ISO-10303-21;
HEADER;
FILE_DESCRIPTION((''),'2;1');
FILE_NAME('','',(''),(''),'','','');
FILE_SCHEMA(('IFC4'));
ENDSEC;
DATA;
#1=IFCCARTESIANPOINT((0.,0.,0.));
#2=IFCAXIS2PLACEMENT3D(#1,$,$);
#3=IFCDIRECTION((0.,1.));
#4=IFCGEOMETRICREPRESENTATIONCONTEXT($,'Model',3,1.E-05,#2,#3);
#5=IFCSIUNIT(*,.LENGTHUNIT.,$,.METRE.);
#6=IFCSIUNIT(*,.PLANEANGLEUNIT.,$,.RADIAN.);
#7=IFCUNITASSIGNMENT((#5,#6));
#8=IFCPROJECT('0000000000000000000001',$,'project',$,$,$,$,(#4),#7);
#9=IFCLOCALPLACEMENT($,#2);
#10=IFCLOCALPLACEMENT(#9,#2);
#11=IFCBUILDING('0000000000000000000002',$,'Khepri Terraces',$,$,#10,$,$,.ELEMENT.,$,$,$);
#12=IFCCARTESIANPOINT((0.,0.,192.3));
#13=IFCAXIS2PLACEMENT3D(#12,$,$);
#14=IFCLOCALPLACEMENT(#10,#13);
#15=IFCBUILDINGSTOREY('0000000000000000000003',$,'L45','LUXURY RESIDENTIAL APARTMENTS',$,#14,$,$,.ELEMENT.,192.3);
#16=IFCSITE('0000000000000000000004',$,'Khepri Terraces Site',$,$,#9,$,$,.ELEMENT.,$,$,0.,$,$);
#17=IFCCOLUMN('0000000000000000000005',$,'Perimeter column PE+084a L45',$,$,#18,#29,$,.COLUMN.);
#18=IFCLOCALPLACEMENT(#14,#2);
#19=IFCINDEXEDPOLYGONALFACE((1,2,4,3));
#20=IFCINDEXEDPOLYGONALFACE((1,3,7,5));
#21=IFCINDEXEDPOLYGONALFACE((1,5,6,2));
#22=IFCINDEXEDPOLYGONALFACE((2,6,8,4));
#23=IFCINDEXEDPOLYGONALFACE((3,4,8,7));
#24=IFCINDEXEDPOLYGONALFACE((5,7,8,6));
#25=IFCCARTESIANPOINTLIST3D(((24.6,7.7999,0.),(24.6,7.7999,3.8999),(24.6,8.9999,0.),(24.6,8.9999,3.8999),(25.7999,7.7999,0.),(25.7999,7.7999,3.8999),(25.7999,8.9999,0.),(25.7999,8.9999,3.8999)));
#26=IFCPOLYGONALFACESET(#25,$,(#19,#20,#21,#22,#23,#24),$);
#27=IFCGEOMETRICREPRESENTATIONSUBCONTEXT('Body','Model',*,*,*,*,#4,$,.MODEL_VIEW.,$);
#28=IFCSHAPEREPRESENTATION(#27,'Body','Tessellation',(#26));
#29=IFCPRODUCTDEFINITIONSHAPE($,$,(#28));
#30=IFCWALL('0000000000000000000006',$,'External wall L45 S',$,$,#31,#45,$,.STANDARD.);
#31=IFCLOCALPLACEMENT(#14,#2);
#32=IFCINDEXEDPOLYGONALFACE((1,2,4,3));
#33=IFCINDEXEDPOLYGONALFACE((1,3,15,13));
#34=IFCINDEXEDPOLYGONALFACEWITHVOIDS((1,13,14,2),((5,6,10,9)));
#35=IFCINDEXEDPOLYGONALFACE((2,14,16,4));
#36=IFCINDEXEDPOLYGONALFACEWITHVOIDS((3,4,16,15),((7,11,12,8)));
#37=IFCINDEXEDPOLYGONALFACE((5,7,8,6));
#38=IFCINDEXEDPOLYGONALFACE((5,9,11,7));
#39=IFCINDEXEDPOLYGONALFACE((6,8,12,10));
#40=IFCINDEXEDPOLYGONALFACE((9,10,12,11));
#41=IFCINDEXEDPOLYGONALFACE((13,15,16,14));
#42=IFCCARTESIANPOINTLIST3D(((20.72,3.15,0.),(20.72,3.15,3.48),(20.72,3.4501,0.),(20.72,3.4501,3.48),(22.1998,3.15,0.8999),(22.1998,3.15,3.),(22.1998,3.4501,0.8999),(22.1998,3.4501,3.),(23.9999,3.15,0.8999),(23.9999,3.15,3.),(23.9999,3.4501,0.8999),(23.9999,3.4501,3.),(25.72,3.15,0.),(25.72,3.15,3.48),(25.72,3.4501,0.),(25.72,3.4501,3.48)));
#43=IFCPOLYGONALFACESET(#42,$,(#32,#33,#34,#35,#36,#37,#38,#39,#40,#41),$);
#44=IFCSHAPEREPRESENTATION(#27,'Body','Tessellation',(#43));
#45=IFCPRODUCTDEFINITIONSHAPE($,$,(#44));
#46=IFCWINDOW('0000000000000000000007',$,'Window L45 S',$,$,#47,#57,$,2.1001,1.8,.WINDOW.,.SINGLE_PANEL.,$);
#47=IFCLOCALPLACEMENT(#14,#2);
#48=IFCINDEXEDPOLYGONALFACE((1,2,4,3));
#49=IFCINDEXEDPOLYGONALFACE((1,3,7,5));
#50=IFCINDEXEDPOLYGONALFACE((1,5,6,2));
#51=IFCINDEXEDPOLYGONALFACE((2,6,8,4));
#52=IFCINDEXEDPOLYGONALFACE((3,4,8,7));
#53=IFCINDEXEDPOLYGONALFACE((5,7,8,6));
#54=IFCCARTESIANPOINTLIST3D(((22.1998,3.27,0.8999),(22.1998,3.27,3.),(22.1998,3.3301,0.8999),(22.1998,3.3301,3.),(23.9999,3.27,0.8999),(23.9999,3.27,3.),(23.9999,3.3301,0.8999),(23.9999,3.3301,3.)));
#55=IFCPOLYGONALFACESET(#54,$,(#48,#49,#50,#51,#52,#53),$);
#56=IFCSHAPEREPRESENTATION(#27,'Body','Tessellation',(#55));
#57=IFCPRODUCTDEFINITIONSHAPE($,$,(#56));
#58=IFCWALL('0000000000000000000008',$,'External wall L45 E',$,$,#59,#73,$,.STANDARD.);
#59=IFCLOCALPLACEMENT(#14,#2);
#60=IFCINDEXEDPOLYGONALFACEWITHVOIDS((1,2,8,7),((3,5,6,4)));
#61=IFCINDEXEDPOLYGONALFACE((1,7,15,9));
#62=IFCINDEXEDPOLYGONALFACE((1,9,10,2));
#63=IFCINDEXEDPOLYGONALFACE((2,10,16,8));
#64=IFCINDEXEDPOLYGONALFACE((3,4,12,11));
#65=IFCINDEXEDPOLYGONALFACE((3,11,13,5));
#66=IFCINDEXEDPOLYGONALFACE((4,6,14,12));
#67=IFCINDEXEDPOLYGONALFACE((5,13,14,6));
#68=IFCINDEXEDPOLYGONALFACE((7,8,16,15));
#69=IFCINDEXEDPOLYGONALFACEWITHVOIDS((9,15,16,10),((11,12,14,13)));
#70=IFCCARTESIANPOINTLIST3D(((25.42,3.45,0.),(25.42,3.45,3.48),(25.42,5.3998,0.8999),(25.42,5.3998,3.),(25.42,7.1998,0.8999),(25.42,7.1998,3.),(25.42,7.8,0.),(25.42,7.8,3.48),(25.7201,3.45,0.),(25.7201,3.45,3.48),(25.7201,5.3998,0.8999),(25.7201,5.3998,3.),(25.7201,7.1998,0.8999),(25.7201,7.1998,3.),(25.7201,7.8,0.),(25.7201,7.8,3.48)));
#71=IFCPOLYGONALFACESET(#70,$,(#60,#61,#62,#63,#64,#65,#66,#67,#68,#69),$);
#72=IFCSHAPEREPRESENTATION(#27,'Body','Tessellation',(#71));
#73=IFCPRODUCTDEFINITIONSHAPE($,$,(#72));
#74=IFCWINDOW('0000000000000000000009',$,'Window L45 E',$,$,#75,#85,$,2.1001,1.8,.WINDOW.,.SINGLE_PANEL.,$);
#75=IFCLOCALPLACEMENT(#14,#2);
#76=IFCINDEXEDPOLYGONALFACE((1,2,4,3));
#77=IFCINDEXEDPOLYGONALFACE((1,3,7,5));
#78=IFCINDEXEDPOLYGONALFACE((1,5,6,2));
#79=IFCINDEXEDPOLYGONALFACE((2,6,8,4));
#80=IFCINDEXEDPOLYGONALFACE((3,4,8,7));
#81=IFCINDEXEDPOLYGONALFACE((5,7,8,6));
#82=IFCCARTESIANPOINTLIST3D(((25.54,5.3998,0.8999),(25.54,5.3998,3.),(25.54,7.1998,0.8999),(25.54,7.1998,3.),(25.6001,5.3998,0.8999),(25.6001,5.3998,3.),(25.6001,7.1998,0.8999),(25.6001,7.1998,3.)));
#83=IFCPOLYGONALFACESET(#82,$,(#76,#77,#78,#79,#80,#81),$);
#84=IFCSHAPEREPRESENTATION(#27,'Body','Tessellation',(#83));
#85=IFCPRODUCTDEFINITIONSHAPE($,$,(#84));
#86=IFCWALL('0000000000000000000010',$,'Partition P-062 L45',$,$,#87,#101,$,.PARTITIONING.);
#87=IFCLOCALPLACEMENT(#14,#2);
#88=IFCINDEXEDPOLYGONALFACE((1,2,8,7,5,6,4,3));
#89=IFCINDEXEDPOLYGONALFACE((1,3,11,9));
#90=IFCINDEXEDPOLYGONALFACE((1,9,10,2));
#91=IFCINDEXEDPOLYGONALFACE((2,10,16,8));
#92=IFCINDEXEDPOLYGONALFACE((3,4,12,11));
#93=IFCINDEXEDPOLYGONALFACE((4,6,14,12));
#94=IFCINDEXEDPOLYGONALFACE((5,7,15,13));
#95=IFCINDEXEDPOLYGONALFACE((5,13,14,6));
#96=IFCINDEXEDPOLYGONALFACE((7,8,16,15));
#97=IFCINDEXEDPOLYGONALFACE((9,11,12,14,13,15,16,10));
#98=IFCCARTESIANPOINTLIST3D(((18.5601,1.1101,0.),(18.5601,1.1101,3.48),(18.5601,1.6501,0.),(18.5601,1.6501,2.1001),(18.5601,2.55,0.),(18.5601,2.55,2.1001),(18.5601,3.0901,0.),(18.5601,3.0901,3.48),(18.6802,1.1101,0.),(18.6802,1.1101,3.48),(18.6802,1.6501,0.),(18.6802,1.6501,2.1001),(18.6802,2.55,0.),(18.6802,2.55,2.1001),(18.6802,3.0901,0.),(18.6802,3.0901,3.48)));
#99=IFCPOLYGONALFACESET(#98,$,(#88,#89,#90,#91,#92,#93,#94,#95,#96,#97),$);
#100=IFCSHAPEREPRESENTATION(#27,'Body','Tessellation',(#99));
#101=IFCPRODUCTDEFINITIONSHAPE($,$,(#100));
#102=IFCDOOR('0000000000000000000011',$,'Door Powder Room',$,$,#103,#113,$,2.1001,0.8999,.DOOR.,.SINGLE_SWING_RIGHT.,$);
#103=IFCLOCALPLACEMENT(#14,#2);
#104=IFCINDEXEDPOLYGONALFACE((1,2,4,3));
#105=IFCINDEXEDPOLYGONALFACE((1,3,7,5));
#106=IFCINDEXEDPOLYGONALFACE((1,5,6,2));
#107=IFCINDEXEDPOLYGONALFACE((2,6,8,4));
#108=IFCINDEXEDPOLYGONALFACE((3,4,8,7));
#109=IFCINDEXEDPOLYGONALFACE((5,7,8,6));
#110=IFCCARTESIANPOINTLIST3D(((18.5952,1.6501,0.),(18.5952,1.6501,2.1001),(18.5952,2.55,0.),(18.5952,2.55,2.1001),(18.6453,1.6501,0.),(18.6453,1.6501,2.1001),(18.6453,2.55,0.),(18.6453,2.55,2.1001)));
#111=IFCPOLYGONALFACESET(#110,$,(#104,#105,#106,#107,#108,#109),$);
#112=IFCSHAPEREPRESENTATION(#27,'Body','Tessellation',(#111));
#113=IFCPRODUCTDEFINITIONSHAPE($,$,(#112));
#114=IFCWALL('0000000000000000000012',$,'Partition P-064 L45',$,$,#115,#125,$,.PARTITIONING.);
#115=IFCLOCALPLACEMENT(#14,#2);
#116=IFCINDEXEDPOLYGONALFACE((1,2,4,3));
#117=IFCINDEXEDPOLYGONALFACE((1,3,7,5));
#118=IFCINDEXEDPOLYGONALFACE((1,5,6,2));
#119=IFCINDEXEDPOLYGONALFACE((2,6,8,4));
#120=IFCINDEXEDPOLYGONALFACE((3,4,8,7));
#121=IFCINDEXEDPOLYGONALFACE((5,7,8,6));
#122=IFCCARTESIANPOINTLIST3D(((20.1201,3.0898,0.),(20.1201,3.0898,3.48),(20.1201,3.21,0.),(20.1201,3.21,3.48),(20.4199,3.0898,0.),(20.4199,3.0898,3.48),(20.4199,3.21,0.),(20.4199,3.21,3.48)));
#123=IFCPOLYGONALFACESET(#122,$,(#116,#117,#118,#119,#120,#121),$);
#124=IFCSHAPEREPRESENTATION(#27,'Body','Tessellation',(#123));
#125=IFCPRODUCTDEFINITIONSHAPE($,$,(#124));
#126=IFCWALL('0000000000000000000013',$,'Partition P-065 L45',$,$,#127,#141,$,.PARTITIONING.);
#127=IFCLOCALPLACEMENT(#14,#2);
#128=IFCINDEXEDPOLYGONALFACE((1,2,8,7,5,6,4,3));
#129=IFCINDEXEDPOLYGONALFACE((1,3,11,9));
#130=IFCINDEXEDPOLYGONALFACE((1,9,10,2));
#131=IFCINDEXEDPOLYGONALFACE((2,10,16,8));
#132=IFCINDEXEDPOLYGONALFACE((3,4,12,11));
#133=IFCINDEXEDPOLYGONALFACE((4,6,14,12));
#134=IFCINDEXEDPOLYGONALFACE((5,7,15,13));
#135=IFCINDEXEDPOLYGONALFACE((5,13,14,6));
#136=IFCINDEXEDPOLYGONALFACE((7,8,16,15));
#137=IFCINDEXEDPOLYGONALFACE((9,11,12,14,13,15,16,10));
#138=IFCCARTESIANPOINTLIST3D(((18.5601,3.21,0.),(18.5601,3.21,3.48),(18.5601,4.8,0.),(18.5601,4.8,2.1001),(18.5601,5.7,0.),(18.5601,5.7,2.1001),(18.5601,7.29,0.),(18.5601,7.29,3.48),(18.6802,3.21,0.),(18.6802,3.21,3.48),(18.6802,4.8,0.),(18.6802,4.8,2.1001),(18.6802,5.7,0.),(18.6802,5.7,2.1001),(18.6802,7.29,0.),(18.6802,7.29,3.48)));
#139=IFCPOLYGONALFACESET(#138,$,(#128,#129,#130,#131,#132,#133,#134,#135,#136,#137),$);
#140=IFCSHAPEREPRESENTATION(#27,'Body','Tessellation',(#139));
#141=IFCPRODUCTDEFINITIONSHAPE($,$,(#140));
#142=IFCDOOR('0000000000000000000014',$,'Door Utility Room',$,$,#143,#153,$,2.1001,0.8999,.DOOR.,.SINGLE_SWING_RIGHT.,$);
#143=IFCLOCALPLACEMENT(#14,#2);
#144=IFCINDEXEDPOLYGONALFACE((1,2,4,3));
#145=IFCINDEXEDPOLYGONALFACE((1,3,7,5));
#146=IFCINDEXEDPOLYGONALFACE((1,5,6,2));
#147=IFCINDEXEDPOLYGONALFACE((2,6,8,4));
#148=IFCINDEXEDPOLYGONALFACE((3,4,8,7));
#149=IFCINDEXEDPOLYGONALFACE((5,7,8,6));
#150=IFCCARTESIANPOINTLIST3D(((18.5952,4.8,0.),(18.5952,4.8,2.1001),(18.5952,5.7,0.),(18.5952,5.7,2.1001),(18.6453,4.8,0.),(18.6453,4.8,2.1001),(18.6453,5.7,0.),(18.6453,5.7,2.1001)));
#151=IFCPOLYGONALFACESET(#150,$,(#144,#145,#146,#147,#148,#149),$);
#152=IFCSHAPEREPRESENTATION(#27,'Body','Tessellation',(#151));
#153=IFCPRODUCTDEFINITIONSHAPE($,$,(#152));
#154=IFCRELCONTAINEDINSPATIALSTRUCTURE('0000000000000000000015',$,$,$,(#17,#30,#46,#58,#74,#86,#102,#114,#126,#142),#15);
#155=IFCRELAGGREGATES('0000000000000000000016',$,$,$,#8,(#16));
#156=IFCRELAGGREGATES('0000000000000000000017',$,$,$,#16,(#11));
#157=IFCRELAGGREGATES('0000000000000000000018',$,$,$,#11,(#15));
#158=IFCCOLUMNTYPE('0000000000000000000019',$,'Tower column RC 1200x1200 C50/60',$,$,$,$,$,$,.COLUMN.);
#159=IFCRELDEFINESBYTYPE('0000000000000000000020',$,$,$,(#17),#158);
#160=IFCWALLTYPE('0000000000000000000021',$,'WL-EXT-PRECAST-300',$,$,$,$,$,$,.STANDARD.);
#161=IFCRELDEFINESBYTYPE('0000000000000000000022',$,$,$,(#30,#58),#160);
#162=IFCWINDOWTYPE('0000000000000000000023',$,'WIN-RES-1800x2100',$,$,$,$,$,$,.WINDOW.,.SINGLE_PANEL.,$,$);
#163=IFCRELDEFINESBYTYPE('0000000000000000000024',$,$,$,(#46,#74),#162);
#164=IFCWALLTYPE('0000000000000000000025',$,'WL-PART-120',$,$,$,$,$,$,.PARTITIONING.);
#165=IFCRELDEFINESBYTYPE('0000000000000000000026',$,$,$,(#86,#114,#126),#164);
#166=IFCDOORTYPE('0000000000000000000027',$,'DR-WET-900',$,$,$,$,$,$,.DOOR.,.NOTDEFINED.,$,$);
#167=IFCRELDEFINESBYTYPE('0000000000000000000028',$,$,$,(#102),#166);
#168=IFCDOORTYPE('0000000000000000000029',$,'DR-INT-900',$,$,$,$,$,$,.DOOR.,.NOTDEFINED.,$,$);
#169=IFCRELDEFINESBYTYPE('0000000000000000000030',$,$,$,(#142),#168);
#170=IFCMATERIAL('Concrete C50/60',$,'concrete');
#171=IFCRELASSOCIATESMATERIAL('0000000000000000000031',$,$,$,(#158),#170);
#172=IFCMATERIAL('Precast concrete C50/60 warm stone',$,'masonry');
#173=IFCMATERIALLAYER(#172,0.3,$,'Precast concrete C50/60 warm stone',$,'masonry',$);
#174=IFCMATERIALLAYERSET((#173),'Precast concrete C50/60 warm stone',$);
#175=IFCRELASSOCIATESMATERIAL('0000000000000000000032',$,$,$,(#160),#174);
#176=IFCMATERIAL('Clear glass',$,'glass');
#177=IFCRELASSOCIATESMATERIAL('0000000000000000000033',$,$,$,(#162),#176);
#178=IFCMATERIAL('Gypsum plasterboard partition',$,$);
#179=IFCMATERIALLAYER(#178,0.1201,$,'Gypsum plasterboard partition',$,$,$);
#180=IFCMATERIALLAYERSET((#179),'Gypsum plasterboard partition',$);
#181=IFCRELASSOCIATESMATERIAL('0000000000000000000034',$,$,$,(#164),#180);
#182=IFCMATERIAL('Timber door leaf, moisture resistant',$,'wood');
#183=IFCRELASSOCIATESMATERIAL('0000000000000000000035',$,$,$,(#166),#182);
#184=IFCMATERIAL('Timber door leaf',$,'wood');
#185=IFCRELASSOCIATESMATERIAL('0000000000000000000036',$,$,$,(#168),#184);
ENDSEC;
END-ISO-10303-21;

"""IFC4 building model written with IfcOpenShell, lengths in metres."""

from ifc_helpers import new_model, si_unit, direction, frame, frame_2d, origin, origin_2d, place, context, subcontext, project, spatial, rectangle, extrude, material, layer, layer_set, material_profile, profile_set, type_object, element, fill, save


model = new_model("IFC4")

# Units and contexts
model_context = context("Model", 3, precision=1e-05, world=origin(), true_north=direction((0.0, 1.0)))
body_context = subcontext(model_context, "Body", "Model", "MODEL_VIEW")
ifc_project = project(units=[si_unit("LENGTHUNIT", "METRE"), si_unit("PLANEANGLEUNIT", "RADIAN")], contexts=[model_context])

# Site, building, storey
site_placement = place(None, origin())
site = spatial("IfcSite", under=ifc_project, at=site_placement, Name="Khepri Terraces Site", CompositionType="ELEMENT", RefElevation=0.0)
building_placement = place(site_placement, origin())
building = spatial("IfcBuilding", under=site, at=building_placement, Name="Khepri Terraces", CompositionType="ELEMENT")
storey_placement = place(building_placement, frame((0.0, 0.0, 192.3)))
storey = spatial("IfcBuildingStorey", under=building, at=storey_placement, Name="L45", Description="LUXURY RESIDENTIAL APARTMENTS", CompositionType="ELEMENT", Elevation=192.3)

# Column
ifc_material_1 = material(Name="Concrete C50/60", Category="concrete")
ifc_material_profile = material_profile(ifc_material_1, rectangle(XDim=1.2, YDim=1.2, at=origin_2d()), Name="Concrete C50/60", Category="concrete")
ifc_profile_set = profile_set([ifc_material_profile], Name="Concrete C50/60")
column_type = type_object("IfcColumnType", Name="Tower column RC 1200x1200 C50/60", PredefinedType="COLUMN", material=ifc_profile_set)
column_placement = place(storey_placement, frame((25.2, 8.3999, 0.0), z_axis=(0.0, 0.0, 1.0), x_axis=(1.0, 0.0, 0.0)))
element("IfcColumn", 1, at=column_placement, inside=storey, type_object=column_type, Name="Perimeter column PE+084a L45", PredefinedType="COLUMN", context=body_context, shape_type="SweptSolid", body=[
    extrude(rectangle(XDim=1.2, YDim=1.2, at=origin_2d()), origin(), (0.0, 0.0, 1.0), 3.8999),
])

# Walls, openings, windows
ifc_material_2 = material(Name="Precast concrete C50/60 warm stone", Category="masonry")
ifc_layer_1 = layer(ifc_material_2, 0.3, Name="Precast concrete C50/60 warm stone", Category="masonry")
ifc_layer_set_1 = layer_set([ifc_layer_1], Name="Precast concrete C50/60 warm stone")
wall_type_1 = type_object("IfcWallType", Name="WL-EXT-PRECAST-300", PredefinedType="STANDARD", material=ifc_layer_set_1)
wall_1_placement = place(storey_placement, frame((20.72, 3.3, 0.0), z_axis=(0.0, 0.0, 1.0), x_axis=(1.0, 0.0, 0.0)))
wall_1 = element("IfcWall", 2, at=wall_1_placement, inside=storey, type_object=wall_type_1, Name="External wall L45 S", PredefinedType="STANDARD", context=body_context, shape_type="SweptSolid", body=[
    extrude(rectangle(XDim=5.0, YDim=0.3, at=frame_2d((2.5, 0.0))), origin(), (0.0, 0.0, 1.0), 3.48),
])
opening_1_placement = place(wall_1_placement, frame((1.48, 0.0, 0.8999)))
opening_1 = element("IfcOpeningElement", 3, at=opening_1_placement, cuts=wall_1, PredefinedType="OPENING", context=body_context, shape_type="SweptSolid", body=[
    extrude(rectangle(XDim=1.8, YDim=2.1001, at=frame_2d((0.8999, 1.05))), frame((0.0, 0.1602, 0.0), z_axis=(0.0, -1.0, 0.0), x_axis=(1.0, 0.0, 0.0)), (0.0, 0.0, 1.0), 0.3201),
])
ifc_material_3 = material(Name="Clear glass", Category="glass")
window_type = type_object("IfcWindowType", Name="WIN-RES-1800x2100", PartitioningType="SINGLE_PANEL", PredefinedType="WINDOW", material=ifc_material_3)
window_1_placement = place(opening_1_placement, origin())
window_1 = element("IfcWindow", 4, at=window_1_placement, inside=storey, type_object=window_type, Name="Window L45 S", OverallHeight=2.1001, OverallWidth=1.8, PartitioningType="SINGLE_PANEL", PredefinedType="WINDOW", context=body_context, shape_type="SweptSolid", body=[
    extrude(rectangle(XDim=1.8, YDim=2.1001, at=frame_2d((0.8999, 1.05))), frame((0.0, 0.03, 0.0), z_axis=(0.0, -1.0, 0.0), x_axis=(1.0, 0.0, 0.0)), (0.0, 0.0, 1.0), 0.0601),
])
fill(opening_1, window_1)
wall_2_placement = place(storey_placement, frame((25.5701, 3.45, 0.0), z_axis=(0.0, 0.0, 1.0), x_axis=(0.0, 1.0, 0.0)))
wall_2 = element("IfcWall", 5, at=wall_2_placement, inside=storey, type_object=wall_type_1, Name="External wall L45 E", PredefinedType="STANDARD", context=body_context, shape_type="SweptSolid", body=[
    extrude(rectangle(XDim=4.3501, YDim=0.3, at=frame_2d((2.175, 0.0))), origin(), (0.0, 0.0, 1.0), 3.48),
])
opening_2_placement = place(wall_2_placement, frame((1.95, 0.0, 0.8999)))
opening_2 = element("IfcOpeningElement", 6, at=opening_2_placement, cuts=wall_2, PredefinedType="OPENING", context=body_context, shape_type="SweptSolid", body=[
    extrude(rectangle(XDim=1.8, YDim=2.1001, at=frame_2d((0.8999, 1.05))), frame((0.0, 0.1602, 0.0), z_axis=(0.0, -1.0, 0.0), x_axis=(1.0, 0.0, 0.0)), (0.0, 0.0, 1.0), 0.3201),
])
window_2_placement = place(opening_2_placement, origin())
window_2 = element("IfcWindow", 7, at=window_2_placement, inside=storey, type_object=window_type, Name="Window L45 E", OverallHeight=2.1001, OverallWidth=1.8, PartitioningType="SINGLE_PANEL", PredefinedType="WINDOW", context=body_context, shape_type="SweptSolid", body=[
    extrude(rectangle(XDim=1.8, YDim=2.1001, at=frame_2d((0.8999, 1.05))), frame((0.0, 0.03, 0.0), z_axis=(0.0, -1.0, 0.0), x_axis=(1.0, 0.0, 0.0)), (0.0, 0.0, 1.0), 0.0601),
])
fill(opening_2, window_2)

# Wall, opening, door
ifc_material_4 = material(Name="Gypsum plasterboard partition")
ifc_layer_2 = layer(ifc_material_4, 0.1201, Name="Gypsum plasterboard partition")
ifc_layer_set_2 = layer_set([ifc_layer_2], Name="Gypsum plasterboard partition")
wall_type_2 = type_object("IfcWallType", Name="WL-PART-120", PredefinedType="PARTITIONING", material=ifc_layer_set_2)
wall_3_placement = place(storey_placement, frame((18.6201, 1.1101, 0.0), z_axis=(0.0, 0.0, 1.0), x_axis=(0.0, 1.0, 0.0)))
wall_3 = element("IfcWall", 8, at=wall_3_placement, inside=storey, type_object=wall_type_2, Name="Partition P-062 L45", PredefinedType="PARTITIONING", context=body_context, shape_type="SweptSolid", body=[
    extrude(rectangle(XDim=1.98, YDim=0.1201, at=frame_2d((0.99, 0.0))), origin(), (0.0, 0.0, 1.0), 3.48),
])
opening_3_placement = place(wall_3_placement, frame((0.54, 0.0, 0.0)))
opening_3 = element("IfcOpeningElement", 9, at=opening_3_placement, cuts=wall_3, PredefinedType="OPENING", context=body_context, shape_type="SweptSolid", body=[
    extrude(rectangle(XDim=0.8999, YDim=2.1001, at=frame_2d((0.45, 1.05))), frame((0.0, 0.0701, 0.0), z_axis=(0.0, -1.0, 0.0), x_axis=(1.0, 0.0, 0.0)), (0.0, 0.0, 1.0), 0.1401),
])
ifc_material_5 = material(Name="Timber door leaf, moisture resistant", Category="wood")
door_type_1 = type_object("IfcDoorType", Name="DR-WET-900", OperationType="NOTDEFINED", PredefinedType="DOOR", material=ifc_material_5)
door_1_placement = place(opening_3_placement, origin())
door_1 = element("IfcDoor", 10, at=door_1_placement, inside=storey, type_object=door_type_1, Name="Door Powder Room", OperationType="SINGLE_SWING_RIGHT", OverallHeight=2.1001, OverallWidth=0.8999, PredefinedType="DOOR", context=body_context, shape_type="SweptSolid", body=[
    extrude(rectangle(XDim=0.8999, YDim=2.1001, at=frame_2d((0.45, 1.05))), frame((0.0, 0.0249, 0.0), z_axis=(0.0, -1.0, 0.0), x_axis=(1.0, 0.0, 0.0)), (0.0, 0.0, 1.0), 0.05),
])
fill(opening_3, door_1)

# Wall
wall_4_placement = place(storey_placement, frame((20.1201, 3.1499, 0.0), z_axis=(0.0, 0.0, 1.0), x_axis=(1.0, 0.0, 0.0)))
element("IfcWall", 11, at=wall_4_placement, inside=storey, type_object=wall_type_2, Name="Partition P-064 L45", PredefinedType="PARTITIONING", context=body_context, shape_type="SweptSolid", body=[
    extrude(rectangle(XDim=0.2998, YDim=0.1201, at=frame_2d((0.1499, 0.0))), origin(), (0.0, 0.0, 1.0), 3.48),
])

# Wall, opening, door
wall_5_placement = place(storey_placement, frame((18.6201, 3.21, 0.0), z_axis=(0.0, 0.0, 1.0), x_axis=(0.0, 1.0, 0.0)))
wall_5 = element("IfcWall", 12, at=wall_5_placement, inside=storey, type_object=wall_type_2, Name="Partition P-065 L45", PredefinedType="PARTITIONING", context=body_context, shape_type="SweptSolid", body=[
    extrude(rectangle(XDim=4.0801, YDim=0.1201, at=frame_2d((2.04, 0.0))), origin(), (0.0, 0.0, 1.0), 3.48),
])
opening_4_placement = place(wall_5_placement, frame((1.5901, 0.0, 0.0)))
opening_4 = element("IfcOpeningElement", 13, at=opening_4_placement, cuts=wall_5, PredefinedType="OPENING", context=body_context, shape_type="SweptSolid", body=[
    extrude(rectangle(XDim=0.8999, YDim=2.1001, at=frame_2d((0.45, 1.05))), frame((0.0, 0.0701, 0.0), z_axis=(0.0, -1.0, 0.0), x_axis=(1.0, 0.0, 0.0)), (0.0, 0.0, 1.0), 0.1401),
])
ifc_material_6 = material(Name="Timber door leaf", Category="wood")
door_type_2 = type_object("IfcDoorType", Name="DR-INT-900", OperationType="NOTDEFINED", PredefinedType="DOOR", material=ifc_material_6)
door_2_placement = place(opening_4_placement, origin())
door_2 = element("IfcDoor", 14, at=door_2_placement, inside=storey, type_object=door_type_2, Name="Door Utility Room", OperationType="SINGLE_SWING_RIGHT", OverallHeight=2.1001, OverallWidth=0.8999, PredefinedType="DOOR", context=body_context, shape_type="SweptSolid", body=[
    extrude(rectangle(XDim=0.8999, YDim=2.1001, at=frame_2d((0.45, 1.05))), frame((0.0, 0.0249, 0.0), z_axis=(0.0, -1.0, 0.0), x_axis=(1.0, 0.0, 0.0)), (0.0, 0.0, 1.0), 0.05),
])
fill(opening_4, door_2)

save(model, "model.ifc")
